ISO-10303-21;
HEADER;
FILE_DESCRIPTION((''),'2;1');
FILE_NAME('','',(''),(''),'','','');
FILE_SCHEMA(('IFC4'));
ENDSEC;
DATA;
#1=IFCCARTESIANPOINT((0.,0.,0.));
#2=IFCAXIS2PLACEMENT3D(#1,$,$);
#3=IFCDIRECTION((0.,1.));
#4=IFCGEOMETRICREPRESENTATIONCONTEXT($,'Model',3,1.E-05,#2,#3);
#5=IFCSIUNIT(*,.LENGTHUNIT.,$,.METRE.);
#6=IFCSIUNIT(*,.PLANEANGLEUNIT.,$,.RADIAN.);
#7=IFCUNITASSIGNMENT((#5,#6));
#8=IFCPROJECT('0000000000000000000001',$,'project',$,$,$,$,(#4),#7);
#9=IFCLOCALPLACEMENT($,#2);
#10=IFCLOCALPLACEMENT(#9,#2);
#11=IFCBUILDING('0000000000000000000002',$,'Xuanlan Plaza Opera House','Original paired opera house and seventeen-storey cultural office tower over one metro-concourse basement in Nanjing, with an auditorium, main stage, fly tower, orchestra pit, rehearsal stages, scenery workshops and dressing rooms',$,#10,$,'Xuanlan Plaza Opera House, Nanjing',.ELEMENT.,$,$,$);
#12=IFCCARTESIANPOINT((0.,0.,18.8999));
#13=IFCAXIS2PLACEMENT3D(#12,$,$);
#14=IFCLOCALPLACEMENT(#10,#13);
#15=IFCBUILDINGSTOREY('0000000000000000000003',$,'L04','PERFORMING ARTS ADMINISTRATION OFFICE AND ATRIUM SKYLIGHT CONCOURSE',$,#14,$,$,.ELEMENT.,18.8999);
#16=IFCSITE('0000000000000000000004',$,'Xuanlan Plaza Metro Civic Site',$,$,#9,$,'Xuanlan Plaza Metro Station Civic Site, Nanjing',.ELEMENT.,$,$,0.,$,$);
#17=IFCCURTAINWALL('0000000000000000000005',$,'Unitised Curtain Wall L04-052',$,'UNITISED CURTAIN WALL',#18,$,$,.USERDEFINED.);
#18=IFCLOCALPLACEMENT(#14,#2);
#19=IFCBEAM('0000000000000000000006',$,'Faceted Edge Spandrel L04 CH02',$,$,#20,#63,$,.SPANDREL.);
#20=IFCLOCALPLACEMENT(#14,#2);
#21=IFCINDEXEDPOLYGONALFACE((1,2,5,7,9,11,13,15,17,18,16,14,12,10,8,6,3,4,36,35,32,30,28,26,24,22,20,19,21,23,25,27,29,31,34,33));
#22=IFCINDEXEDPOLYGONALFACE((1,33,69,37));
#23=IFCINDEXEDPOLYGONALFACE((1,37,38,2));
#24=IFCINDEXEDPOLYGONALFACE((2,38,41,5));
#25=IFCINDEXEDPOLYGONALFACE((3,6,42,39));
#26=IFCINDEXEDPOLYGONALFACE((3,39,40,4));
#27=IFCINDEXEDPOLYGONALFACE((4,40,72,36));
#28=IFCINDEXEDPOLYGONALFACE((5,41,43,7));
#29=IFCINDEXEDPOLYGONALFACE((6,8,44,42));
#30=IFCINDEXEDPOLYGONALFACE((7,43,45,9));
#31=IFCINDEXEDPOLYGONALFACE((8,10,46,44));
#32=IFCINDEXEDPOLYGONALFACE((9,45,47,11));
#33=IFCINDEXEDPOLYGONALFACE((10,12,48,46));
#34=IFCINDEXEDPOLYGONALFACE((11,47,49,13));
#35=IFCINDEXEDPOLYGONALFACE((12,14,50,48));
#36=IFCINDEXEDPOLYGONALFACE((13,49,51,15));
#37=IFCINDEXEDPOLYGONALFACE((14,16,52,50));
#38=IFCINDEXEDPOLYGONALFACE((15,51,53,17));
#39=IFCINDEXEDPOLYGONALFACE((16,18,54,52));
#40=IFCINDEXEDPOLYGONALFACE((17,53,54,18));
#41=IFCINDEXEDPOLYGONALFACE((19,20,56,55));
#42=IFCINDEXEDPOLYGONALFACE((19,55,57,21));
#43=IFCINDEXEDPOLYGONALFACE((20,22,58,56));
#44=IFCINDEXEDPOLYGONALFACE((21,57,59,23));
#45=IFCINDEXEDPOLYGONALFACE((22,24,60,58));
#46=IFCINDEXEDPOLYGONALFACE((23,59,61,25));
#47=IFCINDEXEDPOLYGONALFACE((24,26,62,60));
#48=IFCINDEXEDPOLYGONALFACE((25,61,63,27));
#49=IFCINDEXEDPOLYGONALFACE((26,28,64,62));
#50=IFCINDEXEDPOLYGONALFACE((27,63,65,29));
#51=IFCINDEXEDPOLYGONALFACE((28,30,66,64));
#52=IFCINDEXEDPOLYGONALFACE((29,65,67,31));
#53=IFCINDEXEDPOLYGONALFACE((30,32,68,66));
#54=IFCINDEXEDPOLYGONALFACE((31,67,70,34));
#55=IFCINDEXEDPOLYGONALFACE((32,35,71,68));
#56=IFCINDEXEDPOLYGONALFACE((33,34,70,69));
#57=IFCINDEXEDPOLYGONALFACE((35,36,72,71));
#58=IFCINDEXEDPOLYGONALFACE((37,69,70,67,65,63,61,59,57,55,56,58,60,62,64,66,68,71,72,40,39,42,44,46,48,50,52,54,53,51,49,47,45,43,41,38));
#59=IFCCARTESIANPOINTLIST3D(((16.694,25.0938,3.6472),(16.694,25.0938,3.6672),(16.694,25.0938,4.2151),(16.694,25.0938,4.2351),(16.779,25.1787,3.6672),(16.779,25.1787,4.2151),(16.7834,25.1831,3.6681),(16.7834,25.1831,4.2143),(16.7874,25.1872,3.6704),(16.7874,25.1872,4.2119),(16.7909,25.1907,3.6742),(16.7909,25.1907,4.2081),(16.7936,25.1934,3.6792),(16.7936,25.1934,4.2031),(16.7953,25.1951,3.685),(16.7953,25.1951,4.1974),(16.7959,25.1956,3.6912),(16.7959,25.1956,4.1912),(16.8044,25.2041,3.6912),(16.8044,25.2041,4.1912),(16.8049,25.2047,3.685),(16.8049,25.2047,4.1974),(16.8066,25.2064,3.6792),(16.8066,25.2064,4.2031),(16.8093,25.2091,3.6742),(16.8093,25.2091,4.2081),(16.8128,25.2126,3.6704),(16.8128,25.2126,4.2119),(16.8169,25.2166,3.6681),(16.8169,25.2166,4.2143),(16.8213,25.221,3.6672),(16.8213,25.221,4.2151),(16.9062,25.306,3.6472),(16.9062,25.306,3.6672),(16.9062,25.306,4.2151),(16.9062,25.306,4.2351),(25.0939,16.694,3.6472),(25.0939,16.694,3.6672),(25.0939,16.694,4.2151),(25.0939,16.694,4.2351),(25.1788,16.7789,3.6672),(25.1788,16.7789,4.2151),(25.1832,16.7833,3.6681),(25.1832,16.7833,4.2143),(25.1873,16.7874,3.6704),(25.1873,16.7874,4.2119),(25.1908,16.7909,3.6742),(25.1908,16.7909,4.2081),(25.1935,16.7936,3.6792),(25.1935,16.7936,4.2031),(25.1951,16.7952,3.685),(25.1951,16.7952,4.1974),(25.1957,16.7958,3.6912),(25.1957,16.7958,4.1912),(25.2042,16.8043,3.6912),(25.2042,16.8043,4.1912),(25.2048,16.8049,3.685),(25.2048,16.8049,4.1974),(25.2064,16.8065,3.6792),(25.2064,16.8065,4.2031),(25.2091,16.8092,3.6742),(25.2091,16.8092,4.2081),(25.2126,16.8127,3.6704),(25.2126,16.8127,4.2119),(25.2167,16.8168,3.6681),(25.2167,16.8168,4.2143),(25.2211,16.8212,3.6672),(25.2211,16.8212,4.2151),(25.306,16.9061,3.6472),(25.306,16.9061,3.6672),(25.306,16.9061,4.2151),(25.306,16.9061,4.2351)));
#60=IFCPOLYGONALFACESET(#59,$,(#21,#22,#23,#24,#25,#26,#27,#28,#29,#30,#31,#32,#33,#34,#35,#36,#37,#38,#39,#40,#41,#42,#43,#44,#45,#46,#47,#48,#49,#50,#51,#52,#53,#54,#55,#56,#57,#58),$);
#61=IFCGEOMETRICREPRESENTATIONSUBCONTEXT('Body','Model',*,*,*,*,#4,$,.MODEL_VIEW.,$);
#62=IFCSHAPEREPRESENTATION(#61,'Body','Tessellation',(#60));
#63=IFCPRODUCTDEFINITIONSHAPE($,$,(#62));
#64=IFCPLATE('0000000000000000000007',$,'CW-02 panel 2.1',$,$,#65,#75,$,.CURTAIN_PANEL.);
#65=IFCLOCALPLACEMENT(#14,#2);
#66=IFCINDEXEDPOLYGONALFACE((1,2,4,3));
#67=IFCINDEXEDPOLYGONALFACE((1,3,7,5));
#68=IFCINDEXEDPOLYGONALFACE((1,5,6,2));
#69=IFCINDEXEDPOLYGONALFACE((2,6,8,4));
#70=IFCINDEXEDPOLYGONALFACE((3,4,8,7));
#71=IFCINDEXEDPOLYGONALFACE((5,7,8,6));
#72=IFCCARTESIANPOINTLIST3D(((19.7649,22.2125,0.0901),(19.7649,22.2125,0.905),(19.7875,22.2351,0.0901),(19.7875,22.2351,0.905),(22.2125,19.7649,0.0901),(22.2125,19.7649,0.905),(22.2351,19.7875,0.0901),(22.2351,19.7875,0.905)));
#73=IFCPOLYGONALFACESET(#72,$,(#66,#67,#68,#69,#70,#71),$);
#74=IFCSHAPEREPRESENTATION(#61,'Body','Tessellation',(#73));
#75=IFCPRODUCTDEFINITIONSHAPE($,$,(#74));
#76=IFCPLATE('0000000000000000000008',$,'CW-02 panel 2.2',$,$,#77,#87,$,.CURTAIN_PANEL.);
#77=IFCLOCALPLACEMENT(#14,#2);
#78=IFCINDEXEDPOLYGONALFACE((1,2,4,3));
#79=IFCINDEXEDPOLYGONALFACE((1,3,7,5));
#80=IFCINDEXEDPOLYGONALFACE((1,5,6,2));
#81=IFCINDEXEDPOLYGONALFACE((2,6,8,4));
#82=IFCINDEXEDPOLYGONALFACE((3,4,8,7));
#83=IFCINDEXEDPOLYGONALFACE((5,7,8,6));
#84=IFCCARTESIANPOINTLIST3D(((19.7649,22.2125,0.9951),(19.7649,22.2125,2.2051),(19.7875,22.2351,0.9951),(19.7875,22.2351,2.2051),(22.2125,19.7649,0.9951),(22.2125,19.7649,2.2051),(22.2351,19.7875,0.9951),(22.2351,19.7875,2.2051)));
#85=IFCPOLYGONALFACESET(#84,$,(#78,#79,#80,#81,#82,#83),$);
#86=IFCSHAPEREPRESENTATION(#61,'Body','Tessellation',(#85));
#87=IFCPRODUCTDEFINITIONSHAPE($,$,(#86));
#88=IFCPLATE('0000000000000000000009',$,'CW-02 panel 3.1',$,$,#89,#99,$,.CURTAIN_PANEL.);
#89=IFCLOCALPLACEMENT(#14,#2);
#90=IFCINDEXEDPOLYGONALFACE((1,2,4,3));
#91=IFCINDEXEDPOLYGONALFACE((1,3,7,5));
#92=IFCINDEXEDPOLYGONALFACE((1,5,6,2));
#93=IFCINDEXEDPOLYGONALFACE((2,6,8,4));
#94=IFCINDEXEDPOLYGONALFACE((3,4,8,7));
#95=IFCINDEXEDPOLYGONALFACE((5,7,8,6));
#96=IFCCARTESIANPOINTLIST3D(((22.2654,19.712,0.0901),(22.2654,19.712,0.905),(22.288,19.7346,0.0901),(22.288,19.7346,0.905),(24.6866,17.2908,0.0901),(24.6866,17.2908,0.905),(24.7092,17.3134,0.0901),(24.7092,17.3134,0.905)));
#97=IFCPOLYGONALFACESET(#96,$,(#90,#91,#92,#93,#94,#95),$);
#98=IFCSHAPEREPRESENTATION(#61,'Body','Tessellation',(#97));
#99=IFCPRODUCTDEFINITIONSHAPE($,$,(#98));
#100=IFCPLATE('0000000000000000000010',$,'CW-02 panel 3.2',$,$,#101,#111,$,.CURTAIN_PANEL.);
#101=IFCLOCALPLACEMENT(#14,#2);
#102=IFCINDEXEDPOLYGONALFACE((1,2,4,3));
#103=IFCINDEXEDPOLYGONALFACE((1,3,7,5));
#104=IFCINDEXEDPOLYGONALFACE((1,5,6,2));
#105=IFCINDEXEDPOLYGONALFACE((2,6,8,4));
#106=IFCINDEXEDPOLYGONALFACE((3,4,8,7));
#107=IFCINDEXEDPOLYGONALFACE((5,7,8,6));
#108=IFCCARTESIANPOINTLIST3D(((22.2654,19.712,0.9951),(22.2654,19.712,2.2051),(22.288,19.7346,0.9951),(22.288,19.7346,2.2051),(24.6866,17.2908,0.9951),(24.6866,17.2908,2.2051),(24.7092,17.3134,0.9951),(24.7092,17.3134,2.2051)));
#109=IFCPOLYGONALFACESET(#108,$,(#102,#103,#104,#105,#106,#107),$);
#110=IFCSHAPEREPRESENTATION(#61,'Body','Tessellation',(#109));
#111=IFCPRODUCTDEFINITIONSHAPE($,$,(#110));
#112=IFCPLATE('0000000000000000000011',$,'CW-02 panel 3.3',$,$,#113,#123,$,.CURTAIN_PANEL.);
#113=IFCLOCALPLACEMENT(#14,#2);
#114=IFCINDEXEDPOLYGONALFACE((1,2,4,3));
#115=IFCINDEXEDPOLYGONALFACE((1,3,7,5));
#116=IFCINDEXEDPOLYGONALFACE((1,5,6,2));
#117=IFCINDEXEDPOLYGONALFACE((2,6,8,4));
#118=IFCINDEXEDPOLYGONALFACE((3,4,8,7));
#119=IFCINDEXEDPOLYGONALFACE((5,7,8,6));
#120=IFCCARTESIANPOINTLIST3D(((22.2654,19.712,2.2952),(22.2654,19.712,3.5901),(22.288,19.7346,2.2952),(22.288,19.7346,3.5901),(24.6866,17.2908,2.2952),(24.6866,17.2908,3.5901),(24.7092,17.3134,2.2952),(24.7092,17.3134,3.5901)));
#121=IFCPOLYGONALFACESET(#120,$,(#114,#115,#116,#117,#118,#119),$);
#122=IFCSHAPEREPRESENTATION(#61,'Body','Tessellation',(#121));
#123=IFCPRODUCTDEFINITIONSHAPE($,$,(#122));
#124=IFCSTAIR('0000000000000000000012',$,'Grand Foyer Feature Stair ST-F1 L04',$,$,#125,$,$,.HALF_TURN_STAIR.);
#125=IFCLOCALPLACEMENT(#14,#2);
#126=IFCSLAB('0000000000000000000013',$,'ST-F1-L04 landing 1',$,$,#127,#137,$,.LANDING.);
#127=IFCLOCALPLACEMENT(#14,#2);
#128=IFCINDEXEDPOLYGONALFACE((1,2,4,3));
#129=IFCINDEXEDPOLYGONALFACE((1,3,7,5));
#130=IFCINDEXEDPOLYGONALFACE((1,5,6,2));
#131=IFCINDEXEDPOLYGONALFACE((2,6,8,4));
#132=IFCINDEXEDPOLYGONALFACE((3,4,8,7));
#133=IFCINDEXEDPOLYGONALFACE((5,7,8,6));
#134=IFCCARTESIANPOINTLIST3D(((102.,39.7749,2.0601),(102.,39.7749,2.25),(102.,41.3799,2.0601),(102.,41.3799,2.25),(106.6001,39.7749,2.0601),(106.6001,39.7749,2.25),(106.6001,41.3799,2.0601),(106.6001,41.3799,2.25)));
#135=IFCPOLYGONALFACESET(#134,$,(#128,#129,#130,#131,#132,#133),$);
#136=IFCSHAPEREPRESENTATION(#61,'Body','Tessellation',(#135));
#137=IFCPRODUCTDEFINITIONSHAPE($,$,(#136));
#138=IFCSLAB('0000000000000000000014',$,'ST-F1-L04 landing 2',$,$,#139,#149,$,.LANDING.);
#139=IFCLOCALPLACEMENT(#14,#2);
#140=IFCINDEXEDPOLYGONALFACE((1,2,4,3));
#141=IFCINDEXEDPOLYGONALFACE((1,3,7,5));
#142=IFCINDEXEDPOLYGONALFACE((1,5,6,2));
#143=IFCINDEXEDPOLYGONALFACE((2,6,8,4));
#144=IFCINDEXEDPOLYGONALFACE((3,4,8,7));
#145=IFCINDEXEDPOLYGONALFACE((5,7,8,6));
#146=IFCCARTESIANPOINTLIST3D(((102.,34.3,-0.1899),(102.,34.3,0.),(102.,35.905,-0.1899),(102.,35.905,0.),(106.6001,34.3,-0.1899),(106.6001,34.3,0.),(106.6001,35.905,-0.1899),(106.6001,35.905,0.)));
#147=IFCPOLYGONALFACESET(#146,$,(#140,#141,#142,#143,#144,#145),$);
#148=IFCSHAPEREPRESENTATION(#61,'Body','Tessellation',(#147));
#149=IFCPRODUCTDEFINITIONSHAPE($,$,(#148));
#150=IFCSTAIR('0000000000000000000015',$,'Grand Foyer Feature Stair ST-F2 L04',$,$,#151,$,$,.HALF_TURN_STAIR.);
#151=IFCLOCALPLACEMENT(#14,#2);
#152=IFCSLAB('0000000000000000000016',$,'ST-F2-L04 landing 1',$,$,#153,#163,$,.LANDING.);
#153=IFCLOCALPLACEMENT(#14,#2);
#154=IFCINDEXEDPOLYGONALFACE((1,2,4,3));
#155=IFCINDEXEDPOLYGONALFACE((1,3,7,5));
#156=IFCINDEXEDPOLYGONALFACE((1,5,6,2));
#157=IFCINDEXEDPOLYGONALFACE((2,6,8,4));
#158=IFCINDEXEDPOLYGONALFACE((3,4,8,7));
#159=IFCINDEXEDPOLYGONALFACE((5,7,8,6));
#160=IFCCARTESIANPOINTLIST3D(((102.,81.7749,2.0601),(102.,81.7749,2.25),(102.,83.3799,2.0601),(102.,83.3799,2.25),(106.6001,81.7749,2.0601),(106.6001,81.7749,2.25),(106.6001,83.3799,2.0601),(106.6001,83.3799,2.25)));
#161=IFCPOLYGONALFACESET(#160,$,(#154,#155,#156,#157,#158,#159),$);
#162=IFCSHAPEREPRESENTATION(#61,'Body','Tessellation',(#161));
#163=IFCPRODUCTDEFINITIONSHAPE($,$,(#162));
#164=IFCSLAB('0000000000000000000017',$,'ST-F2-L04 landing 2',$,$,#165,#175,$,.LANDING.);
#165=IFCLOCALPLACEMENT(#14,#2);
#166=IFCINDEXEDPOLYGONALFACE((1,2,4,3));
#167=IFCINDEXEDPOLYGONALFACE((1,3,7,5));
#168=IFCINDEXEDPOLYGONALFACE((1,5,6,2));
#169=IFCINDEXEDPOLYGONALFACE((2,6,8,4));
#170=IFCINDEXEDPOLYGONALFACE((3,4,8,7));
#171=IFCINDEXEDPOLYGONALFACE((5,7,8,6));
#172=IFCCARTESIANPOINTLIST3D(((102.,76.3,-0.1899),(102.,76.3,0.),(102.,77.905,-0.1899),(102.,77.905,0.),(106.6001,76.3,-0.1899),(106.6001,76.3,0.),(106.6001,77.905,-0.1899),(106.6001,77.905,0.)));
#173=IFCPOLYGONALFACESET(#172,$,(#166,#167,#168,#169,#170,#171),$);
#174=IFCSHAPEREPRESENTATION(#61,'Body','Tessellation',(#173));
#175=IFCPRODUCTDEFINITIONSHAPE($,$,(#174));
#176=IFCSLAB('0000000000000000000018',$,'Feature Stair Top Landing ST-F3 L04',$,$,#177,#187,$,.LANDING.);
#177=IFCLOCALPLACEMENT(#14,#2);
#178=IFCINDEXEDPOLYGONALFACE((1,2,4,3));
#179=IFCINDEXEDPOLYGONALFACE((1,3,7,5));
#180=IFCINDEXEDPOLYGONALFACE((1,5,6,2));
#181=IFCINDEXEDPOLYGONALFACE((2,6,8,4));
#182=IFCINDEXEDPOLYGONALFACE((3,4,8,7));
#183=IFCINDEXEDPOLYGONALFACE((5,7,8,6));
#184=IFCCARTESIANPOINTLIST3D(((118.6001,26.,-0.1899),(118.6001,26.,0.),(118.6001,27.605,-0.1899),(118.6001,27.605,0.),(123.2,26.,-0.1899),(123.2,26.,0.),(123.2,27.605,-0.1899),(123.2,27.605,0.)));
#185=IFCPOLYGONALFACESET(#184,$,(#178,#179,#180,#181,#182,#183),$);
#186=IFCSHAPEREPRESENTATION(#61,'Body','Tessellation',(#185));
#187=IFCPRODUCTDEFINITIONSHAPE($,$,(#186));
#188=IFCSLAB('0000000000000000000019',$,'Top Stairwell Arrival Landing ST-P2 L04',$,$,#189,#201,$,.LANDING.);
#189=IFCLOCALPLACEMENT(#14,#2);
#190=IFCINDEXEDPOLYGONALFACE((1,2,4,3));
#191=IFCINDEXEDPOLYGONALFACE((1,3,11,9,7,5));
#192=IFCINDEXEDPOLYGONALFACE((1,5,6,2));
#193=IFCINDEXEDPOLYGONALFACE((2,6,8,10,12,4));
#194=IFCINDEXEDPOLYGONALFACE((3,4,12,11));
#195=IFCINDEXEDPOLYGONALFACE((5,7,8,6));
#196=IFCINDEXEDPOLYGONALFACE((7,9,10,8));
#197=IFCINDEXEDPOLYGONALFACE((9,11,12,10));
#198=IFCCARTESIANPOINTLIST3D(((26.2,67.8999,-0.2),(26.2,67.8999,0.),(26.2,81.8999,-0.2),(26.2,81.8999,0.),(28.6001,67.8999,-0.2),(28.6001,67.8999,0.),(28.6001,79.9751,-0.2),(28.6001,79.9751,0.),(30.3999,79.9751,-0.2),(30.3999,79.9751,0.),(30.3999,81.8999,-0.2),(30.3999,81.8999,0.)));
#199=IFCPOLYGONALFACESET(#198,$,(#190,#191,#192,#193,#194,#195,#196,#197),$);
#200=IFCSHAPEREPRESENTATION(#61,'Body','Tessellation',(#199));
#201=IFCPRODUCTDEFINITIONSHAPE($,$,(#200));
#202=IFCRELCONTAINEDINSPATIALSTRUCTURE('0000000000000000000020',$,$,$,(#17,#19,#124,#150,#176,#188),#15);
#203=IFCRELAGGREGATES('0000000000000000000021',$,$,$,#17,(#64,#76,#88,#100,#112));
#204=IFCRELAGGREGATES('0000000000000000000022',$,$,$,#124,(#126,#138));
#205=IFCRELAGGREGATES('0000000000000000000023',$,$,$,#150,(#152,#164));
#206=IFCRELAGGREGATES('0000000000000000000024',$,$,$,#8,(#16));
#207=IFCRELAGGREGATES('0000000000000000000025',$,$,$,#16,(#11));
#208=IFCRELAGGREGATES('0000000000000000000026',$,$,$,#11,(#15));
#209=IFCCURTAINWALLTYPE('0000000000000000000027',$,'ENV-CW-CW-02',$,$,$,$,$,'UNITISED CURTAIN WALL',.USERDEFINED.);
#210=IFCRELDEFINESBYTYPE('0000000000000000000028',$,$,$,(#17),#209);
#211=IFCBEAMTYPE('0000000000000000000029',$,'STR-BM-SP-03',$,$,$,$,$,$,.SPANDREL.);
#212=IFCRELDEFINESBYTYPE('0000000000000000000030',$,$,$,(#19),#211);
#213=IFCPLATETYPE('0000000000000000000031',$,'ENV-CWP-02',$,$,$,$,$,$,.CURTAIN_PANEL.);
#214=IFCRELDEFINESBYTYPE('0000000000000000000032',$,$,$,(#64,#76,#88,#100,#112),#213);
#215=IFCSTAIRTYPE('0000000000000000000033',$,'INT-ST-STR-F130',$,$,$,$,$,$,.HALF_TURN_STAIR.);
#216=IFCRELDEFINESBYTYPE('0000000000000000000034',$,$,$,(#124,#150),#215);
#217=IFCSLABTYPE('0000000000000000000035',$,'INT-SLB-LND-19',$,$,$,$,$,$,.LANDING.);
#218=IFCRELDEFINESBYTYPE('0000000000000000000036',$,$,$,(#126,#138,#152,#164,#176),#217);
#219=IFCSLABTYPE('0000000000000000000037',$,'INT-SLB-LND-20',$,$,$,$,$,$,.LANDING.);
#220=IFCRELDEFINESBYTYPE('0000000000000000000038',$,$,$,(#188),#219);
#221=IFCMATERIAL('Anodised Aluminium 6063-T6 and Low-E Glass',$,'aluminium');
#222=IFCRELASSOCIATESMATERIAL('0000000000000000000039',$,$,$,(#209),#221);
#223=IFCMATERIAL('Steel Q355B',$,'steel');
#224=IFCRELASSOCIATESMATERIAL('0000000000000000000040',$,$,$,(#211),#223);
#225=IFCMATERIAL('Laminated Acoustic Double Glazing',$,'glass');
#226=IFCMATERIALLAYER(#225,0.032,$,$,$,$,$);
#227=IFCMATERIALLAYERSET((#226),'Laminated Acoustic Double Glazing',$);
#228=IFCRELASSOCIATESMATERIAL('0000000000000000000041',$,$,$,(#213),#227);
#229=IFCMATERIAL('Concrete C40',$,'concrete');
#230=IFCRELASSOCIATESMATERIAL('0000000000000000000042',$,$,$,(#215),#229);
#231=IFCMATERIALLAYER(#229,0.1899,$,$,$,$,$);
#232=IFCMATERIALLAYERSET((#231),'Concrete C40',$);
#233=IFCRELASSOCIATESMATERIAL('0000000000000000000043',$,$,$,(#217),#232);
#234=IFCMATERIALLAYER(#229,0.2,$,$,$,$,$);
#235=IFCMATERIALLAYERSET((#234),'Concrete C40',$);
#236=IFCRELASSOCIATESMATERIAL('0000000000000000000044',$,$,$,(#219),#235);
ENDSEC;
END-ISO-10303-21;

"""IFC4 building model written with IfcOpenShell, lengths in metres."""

from ifc_helpers import new_model, si_unit, direction, frame, origin, origin_2d, place, context, subcontext, project, spatial, polyline, rectangle, i_section, outline, extrude, material, layer, layer_set, material_profile, profile_set, type_object, element, aggregate, save


model = new_model("IFC4")

# Units and contexts
model_context = context("Model", 3, precision=1e-05, world=origin(), true_north=direction((0.0, 1.0)))
body_context = subcontext(model_context, "Body", "Model", "MODEL_VIEW")
ifc_project = project(units=[si_unit("LENGTHUNIT", "METRE"), si_unit("PLANEANGLEUNIT", "RADIAN")], contexts=[model_context])

# Site, building, storey
site_placement = place(None, origin())
site = spatial("IfcSite", under=ifc_project, at=site_placement, Name="Xuanlan Plaza Metro Civic Site", LongName="Xuanlan Plaza Metro Station Civic Site, Nanjing", CompositionType="ELEMENT", RefElevation=0.0)
building_placement = place(site_placement, origin())
building = spatial("IfcBuilding", under=site, at=building_placement, Name="Xuanlan Plaza Opera House", Description="Original paired opera house and seventeen-storey cultural office tower over one metro-concourse basement in Nanjing, with an auditorium, main stage, fly tower, orchestra pit, rehearsal stages, scenery workshops and dressing rooms", LongName="Xuanlan Plaza Opera House, Nanjing", CompositionType="ELEMENT")
storey_placement = place(building_placement, frame((0.0, 0.0, 18.8999)))
storey = spatial("IfcBuildingStorey", under=building, at=storey_placement, Name="L04", Description="PERFORMING ARTS ADMINISTRATION OFFICE AND ATRIUM SKYLIGHT CONCOURSE", CompositionType="ELEMENT", Elevation=18.8999)

# Shared definitions
ifc_material_1 = material(Name="Concrete C40", Category="concrete")

# Curtain wall
ifc_material_2 = material(Name="Anodised Aluminium 6063-T6 and Low-E Glass", Category="aluminium")
curtain_wall_type = type_object("IfcCurtainWallType", Name="ENV-CW-CW-02", ElementType="UNITISED CURTAIN WALL", PredefinedType="USERDEFINED", material=ifc_material_2)
curtain_wall_placement = place(storey_placement, origin())
curtain_wall = element("IfcCurtainWall", 1, at=curtain_wall_placement, inside=storey, type_object=curtain_wall_type, Name="Unitised Curtain Wall L04-052", ObjectType="UNITISED CURTAIN WALL", PredefinedType="USERDEFINED")

# Beam
ifc_material_3 = material(Name="Steel Q355B", Category="steel")
ifc_material_profile_1 = material_profile(ifc_material_3, i_section(OverallWidth=0.3, OverallDepth=0.5879, WebThickness=0.012, FlangeThickness=0.02, FilletRadius=0.0239, at=origin_2d()), Name="HM 588x300x12x20")
ifc_profile_set_1 = profile_set([ifc_material_profile_1], Name="Steel Q355B")
beam_type_1 = type_object("IfcBeamType", Name="STR-BM-SP-03", PredefinedType="SPANDREL", material=ifc_profile_set_1)
beam_1_placement = place(storey_placement, frame((25.2, 16.8, 3.9412), z_axis=(-0.707107, 0.707107, 0.0), x_axis=(-0.707107, -0.707107, 0.0)))
element("IfcBeam", 2, at=beam_1_placement, inside=storey, type_object=beam_type_1, Name="Faceted Edge Spandrel L04 CH02", PredefinedType="SPANDREL", context=body_context, shape_type="SweptSolid", body=[
    extrude(i_section(OverallWidth=0.3, OverallDepth=0.5879, WebThickness=0.012, FlangeThickness=0.02, FilletRadius=0.0239, at=origin_2d()), origin(), (0.0, 0.0, 1.0), 11.8792),
])

# Plates
ifc_material_4 = material(Name="Laminated Acoustic Double Glazing", Category="glass")
ifc_layer_1 = layer(ifc_material_4, 0.032)
ifc_layer_set_1 = layer_set([ifc_layer_1], Name="Laminated Acoustic Double Glazing")
plate_type = type_object("IfcPlateType", Name="ENV-CWP-02", PredefinedType="CURTAIN_PANEL", material=ifc_layer_set_1)
plate_1_placement = place(storey_placement, frame((21.0, 21.0, 0.0901), z_axis=(0.0, 0.0, 1.0), x_axis=(0.707107, -0.707107, 0.0)))
plate_1 = element("IfcPlate", 3, at=plate_1_placement, type_object=plate_type, Name="CW-02 panel 2.1", PredefinedType="CURTAIN_PANEL", context=body_context, shape_type="SweptSolid", body=[
    extrude(rectangle(XDim=3.4614, YDim=0.032, at=origin_2d()), origin(), (0.0, 0.0, 1.0), 0.8149),
])
plate_2_placement = place(storey_placement, frame((21.0, 21.0, 0.9951), z_axis=(0.0, 0.0, 1.0), x_axis=(0.707107, -0.707107, 0.0)))
plate_2 = element("IfcPlate", 4, at=plate_2_placement, type_object=plate_type, Name="CW-02 panel 2.2", PredefinedType="CURTAIN_PANEL", context=body_context, shape_type="SweptSolid", body=[
    extrude(rectangle(XDim=3.4614, YDim=0.032, at=origin_2d()), origin(), (0.0, 0.0, 1.0), 1.21),
])
plate_3_placement = place(storey_placement, frame((23.4873, 18.5127, 0.0901), z_axis=(0.0, 0.0, 1.0), x_axis=(0.707107, -0.707107, 0.0)))
plate_3 = element("IfcPlate", 5, at=plate_3_placement, type_object=plate_type, Name="CW-02 panel 3.1", PredefinedType="CURTAIN_PANEL", context=body_context, shape_type="SweptSolid", body=[
    extrude(rectangle(XDim=3.4241, YDim=0.032, at=origin_2d()), origin(), (0.0, 0.0, 1.0), 0.8149),
])
plate_4_placement = place(storey_placement, frame((23.4873, 18.5127, 0.9951), z_axis=(0.0, 0.0, 1.0), x_axis=(0.707107, -0.707107, 0.0)))
plate_4 = element("IfcPlate", 6, at=plate_4_placement, type_object=plate_type, Name="CW-02 panel 3.2", PredefinedType="CURTAIN_PANEL", context=body_context, shape_type="SweptSolid", body=[
    extrude(rectangle(XDim=3.4241, YDim=0.032, at=origin_2d()), origin(), (0.0, 0.0, 1.0), 1.21),
])
plate_5_placement = place(storey_placement, frame((23.4873, 18.5127, 2.2952), z_axis=(0.0, 0.0, 1.0), x_axis=(0.707107, -0.707107, 0.0)))
plate_5 = element("IfcPlate", 7, at=plate_5_placement, type_object=plate_type, Name="CW-02 panel 3.3", PredefinedType="CURTAIN_PANEL", context=body_context, shape_type="SweptSolid", body=[
    extrude(rectangle(XDim=3.4241, YDim=0.032, at=origin_2d()), origin(), (0.0, 0.0, 1.0), 1.2949),
])
aggregate(curtain_wall, [plate_1, plate_2, plate_3, plate_4, plate_5])

# Stairs, slabs
stair_type = type_object("IfcStairType", Name="INT-ST-STR-F130", PredefinedType="HALF_TURN_STAIR", material=ifc_material_1)
stair_1_placement = place(storey_placement, origin())
stair_1 = element("IfcStair", 8, at=stair_1_placement, inside=storey, type_object=stair_type, Name="Grand Foyer Feature Stair ST-F1 L04", PredefinedType="HALF_TURN_STAIR")
ifc_layer_2 = layer(ifc_material_1, 0.1899)
ifc_layer_set_2 = layer_set([ifc_layer_2], Name="Concrete C40")
slab_type_1 = type_object("IfcSlabType", Name="INT-SLB-LND-19", PredefinedType="LANDING", material=ifc_layer_set_2)
slab_1_placement = place(storey_placement, frame((0.0, 0.0, 2.0601)))
slab_1 = element("IfcSlab", 9, at=slab_1_placement, type_object=slab_type_1, Name="ST-F1-L04 landing 1", PredefinedType="LANDING", context=body_context, shape_type="SweptSolid", body=[
    extrude(outline(polyline([(102.0, 39.7749), (106.6001, 39.7749), (106.6001, 41.3799), (102.0, 41.3799), (102.0, 39.7749)])), origin(), (0.0, 0.0, 1.0), 0.1899),
])
slab_2_placement = place(storey_placement, frame((0.0, 0.0, -0.1899)))
slab_2 = element("IfcSlab", 10, at=slab_2_placement, type_object=slab_type_1, Name="ST-F1-L04 landing 2", PredefinedType="LANDING", context=body_context, shape_type="SweptSolid", body=[
    extrude(outline(polyline([(102.0, 34.3), (106.6001, 34.3), (106.6001, 35.905), (102.0, 35.905), (102.0, 34.3)])), origin(), (0.0, 0.0, 1.0), 0.1899),
])
aggregate(stair_1, [slab_1, slab_2])
stair_2_placement = place(storey_placement, origin())
stair_2 = element("IfcStair", 11, at=stair_2_placement, inside=storey, type_object=stair_type, Name="Grand Foyer Feature Stair ST-F2 L04", PredefinedType="HALF_TURN_STAIR")
slab_3_placement = place(storey_placement, frame((0.0, 0.0, 2.0601)))
slab_3 = element("IfcSlab", 12, at=slab_3_placement, type_object=slab_type_1, Name="ST-F2-L04 landing 1", PredefinedType="LANDING", context=body_context, shape_type="SweptSolid", body=[
    extrude(outline(polyline([(102.0, 81.7749), (106.6001, 81.7749), (106.6001, 83.3799), (102.0, 83.3799), (102.0, 81.7749)])), origin(), (0.0, 0.0, 1.0), 0.1899),
])
slab_4_placement = place(storey_placement, frame((0.0, 0.0, -0.1899)))
slab_4 = element("IfcSlab", 13, at=slab_4_placement, type_object=slab_type_1, Name="ST-F2-L04 landing 2", PredefinedType="LANDING", context=body_context, shape_type="SweptSolid", body=[
    extrude(outline(polyline([(102.0, 76.3), (106.6001, 76.3), (106.6001, 77.905), (102.0, 77.905), (102.0, 76.3)])), origin(), (0.0, 0.0, 1.0), 0.1899),
])
aggregate(stair_2, [slab_3, slab_4])

# Slabs
slab_5_placement = place(storey_placement, frame((0.0, 0.0, -0.1899)))
element("IfcSlab", 14, at=slab_5_placement, inside=storey, type_object=slab_type_1, Name="Feature Stair Top Landing ST-F3 L04", PredefinedType="LANDING", context=body_context, shape_type="SweptSolid", body=[
    extrude(outline(polyline([(118.6001, 26.0), (123.2, 26.0), (123.2, 27.605), (118.6001, 27.605), (118.6001, 26.0)])), origin(), (0.0, 0.0, 1.0), 0.1899),
])
ifc_layer_3 = layer(ifc_material_1, 0.2)
ifc_layer_set_3 = layer_set([ifc_layer_3], Name="Concrete C40")
slab_type_2 = type_object("IfcSlabType", Name="INT-SLB-LND-20", PredefinedType="LANDING", material=ifc_layer_set_3)
slab_6_placement = place(storey_placement, frame((0.0, 0.0, -0.2)))
element("IfcSlab", 15, at=slab_6_placement, inside=storey, type_object=slab_type_2, Name="Top Stairwell Arrival Landing ST-P2 L04", PredefinedType="LANDING", context=body_context, shape_type="SweptSolid", body=[
    extrude(outline(polyline([(26.2, 67.8999), (28.6001, 67.8999), (28.6001, 79.9751), (30.3999, 79.9751), (30.3999, 81.8999), (26.2, 81.8999), (26.2, 67.8999)])), origin(), (0.0, 0.0, 1.0), 0.2),
])

save(model, "model.ifc")
